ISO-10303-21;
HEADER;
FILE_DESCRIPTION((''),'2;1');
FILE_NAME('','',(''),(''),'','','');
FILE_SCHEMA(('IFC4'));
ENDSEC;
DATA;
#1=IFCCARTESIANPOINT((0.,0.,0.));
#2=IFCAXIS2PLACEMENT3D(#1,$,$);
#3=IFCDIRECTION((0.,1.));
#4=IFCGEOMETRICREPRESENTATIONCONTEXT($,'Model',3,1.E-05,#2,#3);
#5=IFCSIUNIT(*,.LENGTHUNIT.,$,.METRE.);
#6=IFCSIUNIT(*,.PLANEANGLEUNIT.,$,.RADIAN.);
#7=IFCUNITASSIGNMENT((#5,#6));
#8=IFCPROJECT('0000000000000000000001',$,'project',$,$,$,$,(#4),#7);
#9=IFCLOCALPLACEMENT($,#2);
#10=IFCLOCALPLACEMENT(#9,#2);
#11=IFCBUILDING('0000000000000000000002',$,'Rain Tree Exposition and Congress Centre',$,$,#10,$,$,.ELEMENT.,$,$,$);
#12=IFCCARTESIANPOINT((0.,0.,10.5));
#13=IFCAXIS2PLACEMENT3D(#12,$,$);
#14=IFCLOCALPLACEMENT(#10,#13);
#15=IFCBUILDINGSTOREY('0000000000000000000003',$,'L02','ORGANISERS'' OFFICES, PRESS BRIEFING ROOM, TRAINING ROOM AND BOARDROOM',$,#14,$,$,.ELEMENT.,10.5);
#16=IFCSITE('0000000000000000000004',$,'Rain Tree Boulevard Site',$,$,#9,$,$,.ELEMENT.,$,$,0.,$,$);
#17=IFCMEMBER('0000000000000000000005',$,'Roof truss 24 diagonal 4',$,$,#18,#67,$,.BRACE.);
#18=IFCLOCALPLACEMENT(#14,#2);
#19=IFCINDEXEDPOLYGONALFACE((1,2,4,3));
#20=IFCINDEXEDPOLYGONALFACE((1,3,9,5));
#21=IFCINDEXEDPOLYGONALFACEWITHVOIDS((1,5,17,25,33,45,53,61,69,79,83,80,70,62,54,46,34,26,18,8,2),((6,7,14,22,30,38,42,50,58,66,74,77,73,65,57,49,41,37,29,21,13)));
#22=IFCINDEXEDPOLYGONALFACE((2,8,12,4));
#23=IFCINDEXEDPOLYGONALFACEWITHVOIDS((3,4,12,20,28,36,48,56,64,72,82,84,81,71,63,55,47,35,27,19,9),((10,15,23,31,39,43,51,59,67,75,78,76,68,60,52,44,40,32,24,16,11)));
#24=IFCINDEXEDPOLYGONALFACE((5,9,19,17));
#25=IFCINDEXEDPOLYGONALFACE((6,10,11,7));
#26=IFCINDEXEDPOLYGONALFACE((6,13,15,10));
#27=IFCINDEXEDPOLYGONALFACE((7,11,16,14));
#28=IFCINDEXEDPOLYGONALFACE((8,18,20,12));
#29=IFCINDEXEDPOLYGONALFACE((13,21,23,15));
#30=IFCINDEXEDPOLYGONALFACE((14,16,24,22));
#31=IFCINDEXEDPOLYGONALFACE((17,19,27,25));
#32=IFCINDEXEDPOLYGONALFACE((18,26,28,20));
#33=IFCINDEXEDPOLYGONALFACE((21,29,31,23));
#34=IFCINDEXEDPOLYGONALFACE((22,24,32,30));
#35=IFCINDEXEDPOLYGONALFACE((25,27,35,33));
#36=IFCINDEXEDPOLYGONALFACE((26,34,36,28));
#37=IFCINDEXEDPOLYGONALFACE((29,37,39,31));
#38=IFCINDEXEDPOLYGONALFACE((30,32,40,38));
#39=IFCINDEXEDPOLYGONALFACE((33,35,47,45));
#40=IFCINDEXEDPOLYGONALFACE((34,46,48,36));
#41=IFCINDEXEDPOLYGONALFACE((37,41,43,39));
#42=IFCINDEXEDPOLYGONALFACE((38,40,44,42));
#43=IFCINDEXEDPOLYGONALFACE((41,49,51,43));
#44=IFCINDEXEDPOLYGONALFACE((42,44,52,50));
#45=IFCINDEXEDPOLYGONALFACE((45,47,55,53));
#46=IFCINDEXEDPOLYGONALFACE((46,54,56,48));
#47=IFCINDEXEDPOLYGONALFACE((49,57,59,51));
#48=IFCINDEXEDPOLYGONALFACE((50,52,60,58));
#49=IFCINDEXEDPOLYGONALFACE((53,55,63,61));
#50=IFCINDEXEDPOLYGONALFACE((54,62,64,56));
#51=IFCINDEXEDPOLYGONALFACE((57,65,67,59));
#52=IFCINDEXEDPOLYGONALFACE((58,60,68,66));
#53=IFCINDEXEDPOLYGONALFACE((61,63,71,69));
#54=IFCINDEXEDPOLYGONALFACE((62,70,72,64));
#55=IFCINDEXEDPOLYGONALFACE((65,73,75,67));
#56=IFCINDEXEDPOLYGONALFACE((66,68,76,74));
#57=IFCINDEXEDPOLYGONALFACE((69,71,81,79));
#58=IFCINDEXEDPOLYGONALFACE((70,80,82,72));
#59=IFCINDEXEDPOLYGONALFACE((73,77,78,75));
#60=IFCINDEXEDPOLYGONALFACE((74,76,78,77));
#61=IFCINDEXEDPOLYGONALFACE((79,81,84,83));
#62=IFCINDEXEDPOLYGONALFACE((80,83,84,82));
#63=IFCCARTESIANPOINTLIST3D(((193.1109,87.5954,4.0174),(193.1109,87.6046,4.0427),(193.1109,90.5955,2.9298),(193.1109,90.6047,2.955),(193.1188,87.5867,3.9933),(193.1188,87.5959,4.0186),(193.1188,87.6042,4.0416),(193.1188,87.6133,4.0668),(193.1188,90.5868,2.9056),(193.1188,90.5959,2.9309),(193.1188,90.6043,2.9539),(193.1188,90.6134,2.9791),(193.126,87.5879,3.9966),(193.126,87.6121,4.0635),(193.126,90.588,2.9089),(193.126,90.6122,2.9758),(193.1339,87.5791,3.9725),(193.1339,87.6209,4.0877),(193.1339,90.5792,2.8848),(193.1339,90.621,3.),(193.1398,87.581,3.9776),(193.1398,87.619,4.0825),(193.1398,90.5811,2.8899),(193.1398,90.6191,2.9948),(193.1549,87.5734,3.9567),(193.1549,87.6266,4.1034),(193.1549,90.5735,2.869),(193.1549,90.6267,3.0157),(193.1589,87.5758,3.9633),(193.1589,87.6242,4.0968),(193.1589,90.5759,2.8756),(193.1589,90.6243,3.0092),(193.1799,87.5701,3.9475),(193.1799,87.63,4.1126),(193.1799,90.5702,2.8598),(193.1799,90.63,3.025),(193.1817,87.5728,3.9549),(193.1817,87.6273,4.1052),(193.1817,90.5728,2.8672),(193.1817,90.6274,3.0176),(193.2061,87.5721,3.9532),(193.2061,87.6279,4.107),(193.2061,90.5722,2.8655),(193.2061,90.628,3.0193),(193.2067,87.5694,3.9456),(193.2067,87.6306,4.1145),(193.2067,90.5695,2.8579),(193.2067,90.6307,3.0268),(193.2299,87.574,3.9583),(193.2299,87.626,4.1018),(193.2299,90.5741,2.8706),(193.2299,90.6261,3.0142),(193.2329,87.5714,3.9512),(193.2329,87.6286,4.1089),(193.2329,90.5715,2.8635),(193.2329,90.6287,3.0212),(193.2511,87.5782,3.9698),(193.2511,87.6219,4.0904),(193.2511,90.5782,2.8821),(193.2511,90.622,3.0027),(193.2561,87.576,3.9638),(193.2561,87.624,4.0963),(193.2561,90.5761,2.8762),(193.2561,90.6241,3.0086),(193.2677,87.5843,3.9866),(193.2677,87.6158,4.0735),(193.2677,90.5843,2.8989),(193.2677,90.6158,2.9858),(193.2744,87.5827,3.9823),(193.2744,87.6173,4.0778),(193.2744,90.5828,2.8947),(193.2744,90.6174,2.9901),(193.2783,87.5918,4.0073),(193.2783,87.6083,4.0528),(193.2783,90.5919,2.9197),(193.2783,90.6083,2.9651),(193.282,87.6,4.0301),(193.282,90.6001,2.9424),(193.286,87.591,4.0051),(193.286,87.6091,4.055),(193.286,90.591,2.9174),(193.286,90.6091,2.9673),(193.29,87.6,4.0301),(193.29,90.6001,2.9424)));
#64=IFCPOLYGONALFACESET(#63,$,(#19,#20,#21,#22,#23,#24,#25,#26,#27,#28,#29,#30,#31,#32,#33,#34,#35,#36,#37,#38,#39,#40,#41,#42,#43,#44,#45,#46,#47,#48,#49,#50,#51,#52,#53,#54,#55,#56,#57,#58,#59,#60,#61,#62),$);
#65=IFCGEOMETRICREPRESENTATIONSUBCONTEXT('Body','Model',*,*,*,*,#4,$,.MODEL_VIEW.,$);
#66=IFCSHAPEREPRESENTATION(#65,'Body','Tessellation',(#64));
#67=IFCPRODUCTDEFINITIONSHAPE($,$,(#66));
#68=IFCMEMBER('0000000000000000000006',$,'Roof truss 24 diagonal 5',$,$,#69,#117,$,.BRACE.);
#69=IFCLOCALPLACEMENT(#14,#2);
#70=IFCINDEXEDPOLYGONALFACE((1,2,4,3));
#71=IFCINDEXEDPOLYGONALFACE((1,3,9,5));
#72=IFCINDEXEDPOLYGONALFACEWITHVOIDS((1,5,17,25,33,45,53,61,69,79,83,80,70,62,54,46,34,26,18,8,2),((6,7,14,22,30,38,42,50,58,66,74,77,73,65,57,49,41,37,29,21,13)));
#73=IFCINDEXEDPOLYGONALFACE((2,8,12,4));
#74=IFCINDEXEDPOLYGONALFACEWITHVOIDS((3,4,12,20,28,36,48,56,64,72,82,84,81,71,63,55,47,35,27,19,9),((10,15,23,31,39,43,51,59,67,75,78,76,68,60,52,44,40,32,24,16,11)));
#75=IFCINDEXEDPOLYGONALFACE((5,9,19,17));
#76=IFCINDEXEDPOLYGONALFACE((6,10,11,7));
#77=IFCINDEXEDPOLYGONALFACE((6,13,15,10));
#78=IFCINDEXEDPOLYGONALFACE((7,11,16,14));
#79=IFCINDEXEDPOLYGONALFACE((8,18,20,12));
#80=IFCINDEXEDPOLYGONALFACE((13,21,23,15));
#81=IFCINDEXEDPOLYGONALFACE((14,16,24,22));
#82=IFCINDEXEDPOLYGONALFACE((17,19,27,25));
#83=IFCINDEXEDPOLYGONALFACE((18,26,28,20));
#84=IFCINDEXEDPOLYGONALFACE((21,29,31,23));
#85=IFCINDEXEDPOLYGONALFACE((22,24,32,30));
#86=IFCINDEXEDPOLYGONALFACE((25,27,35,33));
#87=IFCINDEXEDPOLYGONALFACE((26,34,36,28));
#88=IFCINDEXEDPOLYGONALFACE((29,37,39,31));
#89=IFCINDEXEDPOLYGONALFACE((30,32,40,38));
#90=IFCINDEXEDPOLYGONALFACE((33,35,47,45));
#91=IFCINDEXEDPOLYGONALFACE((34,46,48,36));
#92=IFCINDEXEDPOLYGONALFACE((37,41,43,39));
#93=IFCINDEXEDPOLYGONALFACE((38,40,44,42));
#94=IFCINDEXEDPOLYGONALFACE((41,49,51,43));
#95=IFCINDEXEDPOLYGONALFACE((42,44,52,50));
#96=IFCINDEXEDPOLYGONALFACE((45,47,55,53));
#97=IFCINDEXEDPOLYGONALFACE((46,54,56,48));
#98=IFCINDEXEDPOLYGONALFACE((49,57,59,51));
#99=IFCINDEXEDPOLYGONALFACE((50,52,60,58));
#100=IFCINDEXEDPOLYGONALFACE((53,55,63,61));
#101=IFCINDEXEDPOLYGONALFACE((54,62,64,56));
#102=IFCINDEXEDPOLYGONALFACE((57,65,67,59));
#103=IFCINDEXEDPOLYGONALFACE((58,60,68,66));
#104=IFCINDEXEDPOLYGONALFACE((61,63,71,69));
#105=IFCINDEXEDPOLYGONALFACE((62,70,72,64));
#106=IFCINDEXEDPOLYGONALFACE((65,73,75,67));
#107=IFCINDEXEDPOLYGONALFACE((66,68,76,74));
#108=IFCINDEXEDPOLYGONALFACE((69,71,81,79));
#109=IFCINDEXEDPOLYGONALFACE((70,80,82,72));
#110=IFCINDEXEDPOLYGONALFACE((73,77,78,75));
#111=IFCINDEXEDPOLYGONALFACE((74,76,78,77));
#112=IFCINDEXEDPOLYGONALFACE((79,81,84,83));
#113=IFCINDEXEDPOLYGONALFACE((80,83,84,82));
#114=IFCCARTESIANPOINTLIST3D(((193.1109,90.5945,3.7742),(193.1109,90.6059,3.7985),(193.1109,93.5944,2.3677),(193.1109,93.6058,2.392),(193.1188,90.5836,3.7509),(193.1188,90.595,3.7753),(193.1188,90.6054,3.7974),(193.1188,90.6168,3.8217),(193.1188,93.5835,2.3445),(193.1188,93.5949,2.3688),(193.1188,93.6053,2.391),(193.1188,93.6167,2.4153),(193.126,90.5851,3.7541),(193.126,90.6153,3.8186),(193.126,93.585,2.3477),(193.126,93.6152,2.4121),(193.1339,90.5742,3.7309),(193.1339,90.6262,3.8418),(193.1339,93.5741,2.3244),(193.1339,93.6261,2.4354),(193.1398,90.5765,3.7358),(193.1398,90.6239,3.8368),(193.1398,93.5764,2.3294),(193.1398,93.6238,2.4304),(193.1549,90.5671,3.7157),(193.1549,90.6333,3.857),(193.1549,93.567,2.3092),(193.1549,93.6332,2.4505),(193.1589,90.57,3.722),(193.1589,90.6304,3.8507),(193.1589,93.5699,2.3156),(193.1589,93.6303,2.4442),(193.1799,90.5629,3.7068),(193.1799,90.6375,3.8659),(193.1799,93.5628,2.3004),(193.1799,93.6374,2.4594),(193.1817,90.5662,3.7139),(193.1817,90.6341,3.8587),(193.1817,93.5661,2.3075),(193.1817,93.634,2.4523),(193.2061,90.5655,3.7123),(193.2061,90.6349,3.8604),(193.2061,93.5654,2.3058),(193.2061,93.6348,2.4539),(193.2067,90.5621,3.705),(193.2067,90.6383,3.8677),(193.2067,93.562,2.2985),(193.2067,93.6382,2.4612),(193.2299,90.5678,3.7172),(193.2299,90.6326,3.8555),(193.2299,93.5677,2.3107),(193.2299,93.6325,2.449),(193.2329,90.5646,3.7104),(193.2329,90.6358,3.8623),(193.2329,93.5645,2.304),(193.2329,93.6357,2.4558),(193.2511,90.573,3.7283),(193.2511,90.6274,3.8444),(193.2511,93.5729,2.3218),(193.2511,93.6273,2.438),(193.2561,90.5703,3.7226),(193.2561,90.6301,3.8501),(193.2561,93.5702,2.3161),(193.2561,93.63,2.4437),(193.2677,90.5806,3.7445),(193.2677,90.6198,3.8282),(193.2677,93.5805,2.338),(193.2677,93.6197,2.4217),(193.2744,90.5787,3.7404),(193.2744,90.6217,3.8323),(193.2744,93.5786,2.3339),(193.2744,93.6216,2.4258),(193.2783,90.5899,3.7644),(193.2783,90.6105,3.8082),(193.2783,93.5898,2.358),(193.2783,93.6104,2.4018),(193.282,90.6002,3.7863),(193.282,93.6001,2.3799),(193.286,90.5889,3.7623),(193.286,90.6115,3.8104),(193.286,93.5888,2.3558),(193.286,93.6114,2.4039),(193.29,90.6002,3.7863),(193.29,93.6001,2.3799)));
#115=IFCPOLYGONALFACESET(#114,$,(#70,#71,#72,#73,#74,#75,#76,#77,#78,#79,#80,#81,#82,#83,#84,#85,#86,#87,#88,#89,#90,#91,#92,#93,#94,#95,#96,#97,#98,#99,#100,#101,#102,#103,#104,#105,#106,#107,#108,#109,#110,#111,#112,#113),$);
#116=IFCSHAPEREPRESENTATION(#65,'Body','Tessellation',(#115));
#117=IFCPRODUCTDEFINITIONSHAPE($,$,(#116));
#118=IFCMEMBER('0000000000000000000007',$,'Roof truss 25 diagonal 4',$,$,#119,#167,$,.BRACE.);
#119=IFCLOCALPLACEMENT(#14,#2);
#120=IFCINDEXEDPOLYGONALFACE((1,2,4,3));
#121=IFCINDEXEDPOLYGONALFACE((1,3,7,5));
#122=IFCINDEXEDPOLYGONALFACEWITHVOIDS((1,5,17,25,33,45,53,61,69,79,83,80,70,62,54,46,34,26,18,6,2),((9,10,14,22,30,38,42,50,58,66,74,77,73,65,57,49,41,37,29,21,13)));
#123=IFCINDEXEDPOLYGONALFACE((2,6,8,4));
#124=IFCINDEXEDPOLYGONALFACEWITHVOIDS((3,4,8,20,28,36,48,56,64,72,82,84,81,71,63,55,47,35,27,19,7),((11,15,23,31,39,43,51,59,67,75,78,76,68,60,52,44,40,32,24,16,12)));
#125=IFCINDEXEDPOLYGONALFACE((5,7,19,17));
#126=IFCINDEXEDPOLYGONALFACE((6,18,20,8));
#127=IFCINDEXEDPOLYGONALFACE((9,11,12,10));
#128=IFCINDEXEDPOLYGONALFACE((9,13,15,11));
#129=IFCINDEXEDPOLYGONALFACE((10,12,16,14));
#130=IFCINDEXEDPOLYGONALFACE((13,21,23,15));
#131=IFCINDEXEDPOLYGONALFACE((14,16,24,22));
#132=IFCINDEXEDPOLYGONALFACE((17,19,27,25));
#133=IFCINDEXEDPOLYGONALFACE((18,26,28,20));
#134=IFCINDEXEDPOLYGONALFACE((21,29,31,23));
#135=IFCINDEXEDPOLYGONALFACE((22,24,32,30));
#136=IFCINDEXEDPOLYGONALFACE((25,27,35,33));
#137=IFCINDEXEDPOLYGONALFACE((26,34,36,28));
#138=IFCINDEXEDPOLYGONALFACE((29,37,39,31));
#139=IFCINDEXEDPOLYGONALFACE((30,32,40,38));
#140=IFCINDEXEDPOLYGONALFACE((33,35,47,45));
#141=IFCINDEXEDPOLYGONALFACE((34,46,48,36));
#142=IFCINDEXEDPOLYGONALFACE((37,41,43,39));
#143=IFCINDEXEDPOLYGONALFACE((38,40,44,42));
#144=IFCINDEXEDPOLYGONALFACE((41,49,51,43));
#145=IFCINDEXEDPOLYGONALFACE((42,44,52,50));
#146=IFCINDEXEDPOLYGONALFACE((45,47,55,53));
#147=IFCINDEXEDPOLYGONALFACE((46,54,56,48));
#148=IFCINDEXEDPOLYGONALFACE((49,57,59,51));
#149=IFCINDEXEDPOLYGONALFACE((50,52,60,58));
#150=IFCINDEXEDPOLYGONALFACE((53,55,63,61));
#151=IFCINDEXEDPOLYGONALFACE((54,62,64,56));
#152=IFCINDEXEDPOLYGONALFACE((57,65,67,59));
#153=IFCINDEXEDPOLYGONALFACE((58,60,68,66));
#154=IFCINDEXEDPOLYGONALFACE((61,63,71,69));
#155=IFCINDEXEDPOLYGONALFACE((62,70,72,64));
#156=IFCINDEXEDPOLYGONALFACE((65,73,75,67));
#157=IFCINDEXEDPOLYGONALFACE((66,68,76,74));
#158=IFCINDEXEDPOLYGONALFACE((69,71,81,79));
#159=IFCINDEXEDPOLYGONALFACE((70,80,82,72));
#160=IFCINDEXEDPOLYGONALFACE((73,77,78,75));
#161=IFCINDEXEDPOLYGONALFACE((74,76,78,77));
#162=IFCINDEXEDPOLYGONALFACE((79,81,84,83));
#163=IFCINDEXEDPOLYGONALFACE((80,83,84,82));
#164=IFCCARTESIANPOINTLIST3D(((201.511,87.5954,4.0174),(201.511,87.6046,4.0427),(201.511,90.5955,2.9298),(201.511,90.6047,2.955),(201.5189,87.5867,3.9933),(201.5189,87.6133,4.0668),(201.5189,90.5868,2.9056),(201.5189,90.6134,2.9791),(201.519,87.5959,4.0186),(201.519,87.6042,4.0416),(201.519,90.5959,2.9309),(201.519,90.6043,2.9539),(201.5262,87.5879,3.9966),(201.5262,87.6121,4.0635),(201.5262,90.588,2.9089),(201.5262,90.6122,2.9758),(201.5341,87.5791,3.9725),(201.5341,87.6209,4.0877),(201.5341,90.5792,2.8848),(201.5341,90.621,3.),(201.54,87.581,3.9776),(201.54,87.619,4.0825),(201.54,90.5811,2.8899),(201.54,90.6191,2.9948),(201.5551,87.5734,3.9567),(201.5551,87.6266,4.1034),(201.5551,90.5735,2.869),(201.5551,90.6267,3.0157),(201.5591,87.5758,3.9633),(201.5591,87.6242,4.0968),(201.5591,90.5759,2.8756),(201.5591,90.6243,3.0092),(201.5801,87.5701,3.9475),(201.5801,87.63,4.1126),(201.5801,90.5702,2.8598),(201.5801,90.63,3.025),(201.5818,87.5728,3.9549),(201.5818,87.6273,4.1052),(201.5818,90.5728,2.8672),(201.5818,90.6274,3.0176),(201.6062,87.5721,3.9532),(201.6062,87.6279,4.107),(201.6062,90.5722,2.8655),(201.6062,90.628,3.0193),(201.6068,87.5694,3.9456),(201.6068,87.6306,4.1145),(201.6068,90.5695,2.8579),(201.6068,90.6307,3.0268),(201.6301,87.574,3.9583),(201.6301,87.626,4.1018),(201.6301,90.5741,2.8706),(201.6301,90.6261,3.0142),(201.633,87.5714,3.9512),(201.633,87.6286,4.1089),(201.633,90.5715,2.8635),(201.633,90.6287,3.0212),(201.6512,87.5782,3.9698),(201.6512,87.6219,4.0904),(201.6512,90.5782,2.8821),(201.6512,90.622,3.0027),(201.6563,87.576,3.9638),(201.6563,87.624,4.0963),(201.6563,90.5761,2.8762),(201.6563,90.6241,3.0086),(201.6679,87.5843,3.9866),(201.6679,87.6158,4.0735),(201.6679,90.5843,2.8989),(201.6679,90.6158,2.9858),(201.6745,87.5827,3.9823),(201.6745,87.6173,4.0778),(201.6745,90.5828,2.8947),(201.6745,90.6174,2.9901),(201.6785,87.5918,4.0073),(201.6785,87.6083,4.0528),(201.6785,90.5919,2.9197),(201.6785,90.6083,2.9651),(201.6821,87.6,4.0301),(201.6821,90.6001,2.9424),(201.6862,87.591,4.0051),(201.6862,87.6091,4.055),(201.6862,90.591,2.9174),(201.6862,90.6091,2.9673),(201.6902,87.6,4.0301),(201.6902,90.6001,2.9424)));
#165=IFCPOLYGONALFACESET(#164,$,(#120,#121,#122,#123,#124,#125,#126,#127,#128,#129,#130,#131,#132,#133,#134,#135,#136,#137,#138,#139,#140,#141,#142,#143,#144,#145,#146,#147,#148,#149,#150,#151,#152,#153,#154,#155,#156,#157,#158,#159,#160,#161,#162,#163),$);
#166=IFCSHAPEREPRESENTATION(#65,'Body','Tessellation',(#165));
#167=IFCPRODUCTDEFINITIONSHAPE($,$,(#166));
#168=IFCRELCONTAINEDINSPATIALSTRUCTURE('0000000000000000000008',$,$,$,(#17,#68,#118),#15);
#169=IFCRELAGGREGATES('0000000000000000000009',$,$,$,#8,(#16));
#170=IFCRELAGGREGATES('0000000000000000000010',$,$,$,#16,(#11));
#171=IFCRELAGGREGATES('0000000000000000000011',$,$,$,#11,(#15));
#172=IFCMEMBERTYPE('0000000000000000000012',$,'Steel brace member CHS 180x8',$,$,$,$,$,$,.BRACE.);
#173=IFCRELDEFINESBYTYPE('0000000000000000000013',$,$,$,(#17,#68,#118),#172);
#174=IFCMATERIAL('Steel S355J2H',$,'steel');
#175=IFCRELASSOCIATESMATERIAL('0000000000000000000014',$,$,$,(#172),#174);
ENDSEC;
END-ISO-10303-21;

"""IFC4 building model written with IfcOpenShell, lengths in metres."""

from ifc_helpers import new_model, si_unit, direction, frame, origin, origin_2d, place, context, subcontext, project, spatial, hollow_circle, extrude, material, material_profile, profile_set, type_object, element, save


model = new_model("IFC4")

# Units and contexts
model_context = context("Model", 3, precision=1e-05, world=origin(), true_north=direction((0.0, 1.0)))
body_context = subcontext(model_context, "Body", "Model", "MODEL_VIEW")
ifc_project = project(units=[si_unit("LENGTHUNIT", "METRE"), si_unit("PLANEANGLEUNIT", "RADIAN")], contexts=[model_context])

# Site, building, storey
site_placement = place(None, origin())
site = spatial("IfcSite", under=ifc_project, at=site_placement, Name="Rain Tree Boulevard Site", CompositionType="ELEMENT", RefElevation=0.0)
building_placement = place(site_placement, origin())
building = spatial("IfcBuilding", under=site, at=building_placement, Name="Rain Tree Exposition and Congress Centre", CompositionType="ELEMENT")
storey_placement = place(building_placement, frame((0.0, 0.0, 10.5)))
storey = spatial("IfcBuildingStorey", under=building, at=storey_placement, Name="L02", Description="ORGANISERS' OFFICES, PRESS BRIEFING ROOM, TRAINING ROOM AND BOARDROOM", CompositionType="ELEMENT", Elevation=10.5)

# Members
ifc_material_1 = material(Name="Steel S355J2H", Category="steel")
ifc_material_profile_1 = material_profile(ifc_material_1, hollow_circle(Radius=0.0901, WallThickness=0.0081, at=origin_2d()), Name="CHS 180x8")
ifc_profile_set_1 = profile_set([ifc_material_profile_1], Name="Steel S355J2H")
member_type_1 = type_object("IfcMemberType", Name="Steel brace member CHS 180x8", PredefinedType="BRACE", material=ifc_profile_set_1)
member_1_placement = place(storey_placement, frame((193.2, 90.6001, 2.9424), z_axis=(0.0, -0.940121, 0.34084), x_axis=(1.0, 0.0, 0.0)))
element("IfcMember", 1, at=member_1_placement, inside=storey, type_object=member_type_1, Name="Roof truss 24 diagonal 4", PredefinedType="BRACE", context=body_context, shape_type="SweptSolid", body=[
    extrude(hollow_circle(Radius=0.0901, WallThickness=0.0081, at=origin_2d()), origin(), (0.0, 0.0, 1.0), 3.1912),
])
member_2_placement = place(storey_placement, frame((193.2, 93.6001, 2.3799), z_axis=(0.0, -0.905431, 0.424494), x_axis=(1.0, 0.0, 0.0)))
element("IfcMember", 2, at=member_2_placement, inside=storey, type_object=member_type_1, Name="Roof truss 24 diagonal 5", PredefinedType="BRACE", context=body_context, shape_type="SweptSolid", body=[
    extrude(hollow_circle(Radius=0.0901, WallThickness=0.0081, at=origin_2d()), origin(), (0.0, 0.0, 1.0), 3.3132),
])
member_3_placement = place(storey_placement, frame((201.6001, 90.6001, 2.9424), z_axis=(0.0, -0.940121, 0.34084), x_axis=(1.0, 0.0, 0.0)))
element("IfcMember", 3, at=member_3_placement, inside=storey, type_object=member_type_1, Name="Roof truss 25 diagonal 4", PredefinedType="BRACE", context=body_context, shape_type="SweptSolid", body=[
    extrude(hollow_circle(Radius=0.0901, WallThickness=0.0081, at=origin_2d()), origin(), (0.0, 0.0, 1.0), 3.1912),
])

save(model, "model.ifc")
